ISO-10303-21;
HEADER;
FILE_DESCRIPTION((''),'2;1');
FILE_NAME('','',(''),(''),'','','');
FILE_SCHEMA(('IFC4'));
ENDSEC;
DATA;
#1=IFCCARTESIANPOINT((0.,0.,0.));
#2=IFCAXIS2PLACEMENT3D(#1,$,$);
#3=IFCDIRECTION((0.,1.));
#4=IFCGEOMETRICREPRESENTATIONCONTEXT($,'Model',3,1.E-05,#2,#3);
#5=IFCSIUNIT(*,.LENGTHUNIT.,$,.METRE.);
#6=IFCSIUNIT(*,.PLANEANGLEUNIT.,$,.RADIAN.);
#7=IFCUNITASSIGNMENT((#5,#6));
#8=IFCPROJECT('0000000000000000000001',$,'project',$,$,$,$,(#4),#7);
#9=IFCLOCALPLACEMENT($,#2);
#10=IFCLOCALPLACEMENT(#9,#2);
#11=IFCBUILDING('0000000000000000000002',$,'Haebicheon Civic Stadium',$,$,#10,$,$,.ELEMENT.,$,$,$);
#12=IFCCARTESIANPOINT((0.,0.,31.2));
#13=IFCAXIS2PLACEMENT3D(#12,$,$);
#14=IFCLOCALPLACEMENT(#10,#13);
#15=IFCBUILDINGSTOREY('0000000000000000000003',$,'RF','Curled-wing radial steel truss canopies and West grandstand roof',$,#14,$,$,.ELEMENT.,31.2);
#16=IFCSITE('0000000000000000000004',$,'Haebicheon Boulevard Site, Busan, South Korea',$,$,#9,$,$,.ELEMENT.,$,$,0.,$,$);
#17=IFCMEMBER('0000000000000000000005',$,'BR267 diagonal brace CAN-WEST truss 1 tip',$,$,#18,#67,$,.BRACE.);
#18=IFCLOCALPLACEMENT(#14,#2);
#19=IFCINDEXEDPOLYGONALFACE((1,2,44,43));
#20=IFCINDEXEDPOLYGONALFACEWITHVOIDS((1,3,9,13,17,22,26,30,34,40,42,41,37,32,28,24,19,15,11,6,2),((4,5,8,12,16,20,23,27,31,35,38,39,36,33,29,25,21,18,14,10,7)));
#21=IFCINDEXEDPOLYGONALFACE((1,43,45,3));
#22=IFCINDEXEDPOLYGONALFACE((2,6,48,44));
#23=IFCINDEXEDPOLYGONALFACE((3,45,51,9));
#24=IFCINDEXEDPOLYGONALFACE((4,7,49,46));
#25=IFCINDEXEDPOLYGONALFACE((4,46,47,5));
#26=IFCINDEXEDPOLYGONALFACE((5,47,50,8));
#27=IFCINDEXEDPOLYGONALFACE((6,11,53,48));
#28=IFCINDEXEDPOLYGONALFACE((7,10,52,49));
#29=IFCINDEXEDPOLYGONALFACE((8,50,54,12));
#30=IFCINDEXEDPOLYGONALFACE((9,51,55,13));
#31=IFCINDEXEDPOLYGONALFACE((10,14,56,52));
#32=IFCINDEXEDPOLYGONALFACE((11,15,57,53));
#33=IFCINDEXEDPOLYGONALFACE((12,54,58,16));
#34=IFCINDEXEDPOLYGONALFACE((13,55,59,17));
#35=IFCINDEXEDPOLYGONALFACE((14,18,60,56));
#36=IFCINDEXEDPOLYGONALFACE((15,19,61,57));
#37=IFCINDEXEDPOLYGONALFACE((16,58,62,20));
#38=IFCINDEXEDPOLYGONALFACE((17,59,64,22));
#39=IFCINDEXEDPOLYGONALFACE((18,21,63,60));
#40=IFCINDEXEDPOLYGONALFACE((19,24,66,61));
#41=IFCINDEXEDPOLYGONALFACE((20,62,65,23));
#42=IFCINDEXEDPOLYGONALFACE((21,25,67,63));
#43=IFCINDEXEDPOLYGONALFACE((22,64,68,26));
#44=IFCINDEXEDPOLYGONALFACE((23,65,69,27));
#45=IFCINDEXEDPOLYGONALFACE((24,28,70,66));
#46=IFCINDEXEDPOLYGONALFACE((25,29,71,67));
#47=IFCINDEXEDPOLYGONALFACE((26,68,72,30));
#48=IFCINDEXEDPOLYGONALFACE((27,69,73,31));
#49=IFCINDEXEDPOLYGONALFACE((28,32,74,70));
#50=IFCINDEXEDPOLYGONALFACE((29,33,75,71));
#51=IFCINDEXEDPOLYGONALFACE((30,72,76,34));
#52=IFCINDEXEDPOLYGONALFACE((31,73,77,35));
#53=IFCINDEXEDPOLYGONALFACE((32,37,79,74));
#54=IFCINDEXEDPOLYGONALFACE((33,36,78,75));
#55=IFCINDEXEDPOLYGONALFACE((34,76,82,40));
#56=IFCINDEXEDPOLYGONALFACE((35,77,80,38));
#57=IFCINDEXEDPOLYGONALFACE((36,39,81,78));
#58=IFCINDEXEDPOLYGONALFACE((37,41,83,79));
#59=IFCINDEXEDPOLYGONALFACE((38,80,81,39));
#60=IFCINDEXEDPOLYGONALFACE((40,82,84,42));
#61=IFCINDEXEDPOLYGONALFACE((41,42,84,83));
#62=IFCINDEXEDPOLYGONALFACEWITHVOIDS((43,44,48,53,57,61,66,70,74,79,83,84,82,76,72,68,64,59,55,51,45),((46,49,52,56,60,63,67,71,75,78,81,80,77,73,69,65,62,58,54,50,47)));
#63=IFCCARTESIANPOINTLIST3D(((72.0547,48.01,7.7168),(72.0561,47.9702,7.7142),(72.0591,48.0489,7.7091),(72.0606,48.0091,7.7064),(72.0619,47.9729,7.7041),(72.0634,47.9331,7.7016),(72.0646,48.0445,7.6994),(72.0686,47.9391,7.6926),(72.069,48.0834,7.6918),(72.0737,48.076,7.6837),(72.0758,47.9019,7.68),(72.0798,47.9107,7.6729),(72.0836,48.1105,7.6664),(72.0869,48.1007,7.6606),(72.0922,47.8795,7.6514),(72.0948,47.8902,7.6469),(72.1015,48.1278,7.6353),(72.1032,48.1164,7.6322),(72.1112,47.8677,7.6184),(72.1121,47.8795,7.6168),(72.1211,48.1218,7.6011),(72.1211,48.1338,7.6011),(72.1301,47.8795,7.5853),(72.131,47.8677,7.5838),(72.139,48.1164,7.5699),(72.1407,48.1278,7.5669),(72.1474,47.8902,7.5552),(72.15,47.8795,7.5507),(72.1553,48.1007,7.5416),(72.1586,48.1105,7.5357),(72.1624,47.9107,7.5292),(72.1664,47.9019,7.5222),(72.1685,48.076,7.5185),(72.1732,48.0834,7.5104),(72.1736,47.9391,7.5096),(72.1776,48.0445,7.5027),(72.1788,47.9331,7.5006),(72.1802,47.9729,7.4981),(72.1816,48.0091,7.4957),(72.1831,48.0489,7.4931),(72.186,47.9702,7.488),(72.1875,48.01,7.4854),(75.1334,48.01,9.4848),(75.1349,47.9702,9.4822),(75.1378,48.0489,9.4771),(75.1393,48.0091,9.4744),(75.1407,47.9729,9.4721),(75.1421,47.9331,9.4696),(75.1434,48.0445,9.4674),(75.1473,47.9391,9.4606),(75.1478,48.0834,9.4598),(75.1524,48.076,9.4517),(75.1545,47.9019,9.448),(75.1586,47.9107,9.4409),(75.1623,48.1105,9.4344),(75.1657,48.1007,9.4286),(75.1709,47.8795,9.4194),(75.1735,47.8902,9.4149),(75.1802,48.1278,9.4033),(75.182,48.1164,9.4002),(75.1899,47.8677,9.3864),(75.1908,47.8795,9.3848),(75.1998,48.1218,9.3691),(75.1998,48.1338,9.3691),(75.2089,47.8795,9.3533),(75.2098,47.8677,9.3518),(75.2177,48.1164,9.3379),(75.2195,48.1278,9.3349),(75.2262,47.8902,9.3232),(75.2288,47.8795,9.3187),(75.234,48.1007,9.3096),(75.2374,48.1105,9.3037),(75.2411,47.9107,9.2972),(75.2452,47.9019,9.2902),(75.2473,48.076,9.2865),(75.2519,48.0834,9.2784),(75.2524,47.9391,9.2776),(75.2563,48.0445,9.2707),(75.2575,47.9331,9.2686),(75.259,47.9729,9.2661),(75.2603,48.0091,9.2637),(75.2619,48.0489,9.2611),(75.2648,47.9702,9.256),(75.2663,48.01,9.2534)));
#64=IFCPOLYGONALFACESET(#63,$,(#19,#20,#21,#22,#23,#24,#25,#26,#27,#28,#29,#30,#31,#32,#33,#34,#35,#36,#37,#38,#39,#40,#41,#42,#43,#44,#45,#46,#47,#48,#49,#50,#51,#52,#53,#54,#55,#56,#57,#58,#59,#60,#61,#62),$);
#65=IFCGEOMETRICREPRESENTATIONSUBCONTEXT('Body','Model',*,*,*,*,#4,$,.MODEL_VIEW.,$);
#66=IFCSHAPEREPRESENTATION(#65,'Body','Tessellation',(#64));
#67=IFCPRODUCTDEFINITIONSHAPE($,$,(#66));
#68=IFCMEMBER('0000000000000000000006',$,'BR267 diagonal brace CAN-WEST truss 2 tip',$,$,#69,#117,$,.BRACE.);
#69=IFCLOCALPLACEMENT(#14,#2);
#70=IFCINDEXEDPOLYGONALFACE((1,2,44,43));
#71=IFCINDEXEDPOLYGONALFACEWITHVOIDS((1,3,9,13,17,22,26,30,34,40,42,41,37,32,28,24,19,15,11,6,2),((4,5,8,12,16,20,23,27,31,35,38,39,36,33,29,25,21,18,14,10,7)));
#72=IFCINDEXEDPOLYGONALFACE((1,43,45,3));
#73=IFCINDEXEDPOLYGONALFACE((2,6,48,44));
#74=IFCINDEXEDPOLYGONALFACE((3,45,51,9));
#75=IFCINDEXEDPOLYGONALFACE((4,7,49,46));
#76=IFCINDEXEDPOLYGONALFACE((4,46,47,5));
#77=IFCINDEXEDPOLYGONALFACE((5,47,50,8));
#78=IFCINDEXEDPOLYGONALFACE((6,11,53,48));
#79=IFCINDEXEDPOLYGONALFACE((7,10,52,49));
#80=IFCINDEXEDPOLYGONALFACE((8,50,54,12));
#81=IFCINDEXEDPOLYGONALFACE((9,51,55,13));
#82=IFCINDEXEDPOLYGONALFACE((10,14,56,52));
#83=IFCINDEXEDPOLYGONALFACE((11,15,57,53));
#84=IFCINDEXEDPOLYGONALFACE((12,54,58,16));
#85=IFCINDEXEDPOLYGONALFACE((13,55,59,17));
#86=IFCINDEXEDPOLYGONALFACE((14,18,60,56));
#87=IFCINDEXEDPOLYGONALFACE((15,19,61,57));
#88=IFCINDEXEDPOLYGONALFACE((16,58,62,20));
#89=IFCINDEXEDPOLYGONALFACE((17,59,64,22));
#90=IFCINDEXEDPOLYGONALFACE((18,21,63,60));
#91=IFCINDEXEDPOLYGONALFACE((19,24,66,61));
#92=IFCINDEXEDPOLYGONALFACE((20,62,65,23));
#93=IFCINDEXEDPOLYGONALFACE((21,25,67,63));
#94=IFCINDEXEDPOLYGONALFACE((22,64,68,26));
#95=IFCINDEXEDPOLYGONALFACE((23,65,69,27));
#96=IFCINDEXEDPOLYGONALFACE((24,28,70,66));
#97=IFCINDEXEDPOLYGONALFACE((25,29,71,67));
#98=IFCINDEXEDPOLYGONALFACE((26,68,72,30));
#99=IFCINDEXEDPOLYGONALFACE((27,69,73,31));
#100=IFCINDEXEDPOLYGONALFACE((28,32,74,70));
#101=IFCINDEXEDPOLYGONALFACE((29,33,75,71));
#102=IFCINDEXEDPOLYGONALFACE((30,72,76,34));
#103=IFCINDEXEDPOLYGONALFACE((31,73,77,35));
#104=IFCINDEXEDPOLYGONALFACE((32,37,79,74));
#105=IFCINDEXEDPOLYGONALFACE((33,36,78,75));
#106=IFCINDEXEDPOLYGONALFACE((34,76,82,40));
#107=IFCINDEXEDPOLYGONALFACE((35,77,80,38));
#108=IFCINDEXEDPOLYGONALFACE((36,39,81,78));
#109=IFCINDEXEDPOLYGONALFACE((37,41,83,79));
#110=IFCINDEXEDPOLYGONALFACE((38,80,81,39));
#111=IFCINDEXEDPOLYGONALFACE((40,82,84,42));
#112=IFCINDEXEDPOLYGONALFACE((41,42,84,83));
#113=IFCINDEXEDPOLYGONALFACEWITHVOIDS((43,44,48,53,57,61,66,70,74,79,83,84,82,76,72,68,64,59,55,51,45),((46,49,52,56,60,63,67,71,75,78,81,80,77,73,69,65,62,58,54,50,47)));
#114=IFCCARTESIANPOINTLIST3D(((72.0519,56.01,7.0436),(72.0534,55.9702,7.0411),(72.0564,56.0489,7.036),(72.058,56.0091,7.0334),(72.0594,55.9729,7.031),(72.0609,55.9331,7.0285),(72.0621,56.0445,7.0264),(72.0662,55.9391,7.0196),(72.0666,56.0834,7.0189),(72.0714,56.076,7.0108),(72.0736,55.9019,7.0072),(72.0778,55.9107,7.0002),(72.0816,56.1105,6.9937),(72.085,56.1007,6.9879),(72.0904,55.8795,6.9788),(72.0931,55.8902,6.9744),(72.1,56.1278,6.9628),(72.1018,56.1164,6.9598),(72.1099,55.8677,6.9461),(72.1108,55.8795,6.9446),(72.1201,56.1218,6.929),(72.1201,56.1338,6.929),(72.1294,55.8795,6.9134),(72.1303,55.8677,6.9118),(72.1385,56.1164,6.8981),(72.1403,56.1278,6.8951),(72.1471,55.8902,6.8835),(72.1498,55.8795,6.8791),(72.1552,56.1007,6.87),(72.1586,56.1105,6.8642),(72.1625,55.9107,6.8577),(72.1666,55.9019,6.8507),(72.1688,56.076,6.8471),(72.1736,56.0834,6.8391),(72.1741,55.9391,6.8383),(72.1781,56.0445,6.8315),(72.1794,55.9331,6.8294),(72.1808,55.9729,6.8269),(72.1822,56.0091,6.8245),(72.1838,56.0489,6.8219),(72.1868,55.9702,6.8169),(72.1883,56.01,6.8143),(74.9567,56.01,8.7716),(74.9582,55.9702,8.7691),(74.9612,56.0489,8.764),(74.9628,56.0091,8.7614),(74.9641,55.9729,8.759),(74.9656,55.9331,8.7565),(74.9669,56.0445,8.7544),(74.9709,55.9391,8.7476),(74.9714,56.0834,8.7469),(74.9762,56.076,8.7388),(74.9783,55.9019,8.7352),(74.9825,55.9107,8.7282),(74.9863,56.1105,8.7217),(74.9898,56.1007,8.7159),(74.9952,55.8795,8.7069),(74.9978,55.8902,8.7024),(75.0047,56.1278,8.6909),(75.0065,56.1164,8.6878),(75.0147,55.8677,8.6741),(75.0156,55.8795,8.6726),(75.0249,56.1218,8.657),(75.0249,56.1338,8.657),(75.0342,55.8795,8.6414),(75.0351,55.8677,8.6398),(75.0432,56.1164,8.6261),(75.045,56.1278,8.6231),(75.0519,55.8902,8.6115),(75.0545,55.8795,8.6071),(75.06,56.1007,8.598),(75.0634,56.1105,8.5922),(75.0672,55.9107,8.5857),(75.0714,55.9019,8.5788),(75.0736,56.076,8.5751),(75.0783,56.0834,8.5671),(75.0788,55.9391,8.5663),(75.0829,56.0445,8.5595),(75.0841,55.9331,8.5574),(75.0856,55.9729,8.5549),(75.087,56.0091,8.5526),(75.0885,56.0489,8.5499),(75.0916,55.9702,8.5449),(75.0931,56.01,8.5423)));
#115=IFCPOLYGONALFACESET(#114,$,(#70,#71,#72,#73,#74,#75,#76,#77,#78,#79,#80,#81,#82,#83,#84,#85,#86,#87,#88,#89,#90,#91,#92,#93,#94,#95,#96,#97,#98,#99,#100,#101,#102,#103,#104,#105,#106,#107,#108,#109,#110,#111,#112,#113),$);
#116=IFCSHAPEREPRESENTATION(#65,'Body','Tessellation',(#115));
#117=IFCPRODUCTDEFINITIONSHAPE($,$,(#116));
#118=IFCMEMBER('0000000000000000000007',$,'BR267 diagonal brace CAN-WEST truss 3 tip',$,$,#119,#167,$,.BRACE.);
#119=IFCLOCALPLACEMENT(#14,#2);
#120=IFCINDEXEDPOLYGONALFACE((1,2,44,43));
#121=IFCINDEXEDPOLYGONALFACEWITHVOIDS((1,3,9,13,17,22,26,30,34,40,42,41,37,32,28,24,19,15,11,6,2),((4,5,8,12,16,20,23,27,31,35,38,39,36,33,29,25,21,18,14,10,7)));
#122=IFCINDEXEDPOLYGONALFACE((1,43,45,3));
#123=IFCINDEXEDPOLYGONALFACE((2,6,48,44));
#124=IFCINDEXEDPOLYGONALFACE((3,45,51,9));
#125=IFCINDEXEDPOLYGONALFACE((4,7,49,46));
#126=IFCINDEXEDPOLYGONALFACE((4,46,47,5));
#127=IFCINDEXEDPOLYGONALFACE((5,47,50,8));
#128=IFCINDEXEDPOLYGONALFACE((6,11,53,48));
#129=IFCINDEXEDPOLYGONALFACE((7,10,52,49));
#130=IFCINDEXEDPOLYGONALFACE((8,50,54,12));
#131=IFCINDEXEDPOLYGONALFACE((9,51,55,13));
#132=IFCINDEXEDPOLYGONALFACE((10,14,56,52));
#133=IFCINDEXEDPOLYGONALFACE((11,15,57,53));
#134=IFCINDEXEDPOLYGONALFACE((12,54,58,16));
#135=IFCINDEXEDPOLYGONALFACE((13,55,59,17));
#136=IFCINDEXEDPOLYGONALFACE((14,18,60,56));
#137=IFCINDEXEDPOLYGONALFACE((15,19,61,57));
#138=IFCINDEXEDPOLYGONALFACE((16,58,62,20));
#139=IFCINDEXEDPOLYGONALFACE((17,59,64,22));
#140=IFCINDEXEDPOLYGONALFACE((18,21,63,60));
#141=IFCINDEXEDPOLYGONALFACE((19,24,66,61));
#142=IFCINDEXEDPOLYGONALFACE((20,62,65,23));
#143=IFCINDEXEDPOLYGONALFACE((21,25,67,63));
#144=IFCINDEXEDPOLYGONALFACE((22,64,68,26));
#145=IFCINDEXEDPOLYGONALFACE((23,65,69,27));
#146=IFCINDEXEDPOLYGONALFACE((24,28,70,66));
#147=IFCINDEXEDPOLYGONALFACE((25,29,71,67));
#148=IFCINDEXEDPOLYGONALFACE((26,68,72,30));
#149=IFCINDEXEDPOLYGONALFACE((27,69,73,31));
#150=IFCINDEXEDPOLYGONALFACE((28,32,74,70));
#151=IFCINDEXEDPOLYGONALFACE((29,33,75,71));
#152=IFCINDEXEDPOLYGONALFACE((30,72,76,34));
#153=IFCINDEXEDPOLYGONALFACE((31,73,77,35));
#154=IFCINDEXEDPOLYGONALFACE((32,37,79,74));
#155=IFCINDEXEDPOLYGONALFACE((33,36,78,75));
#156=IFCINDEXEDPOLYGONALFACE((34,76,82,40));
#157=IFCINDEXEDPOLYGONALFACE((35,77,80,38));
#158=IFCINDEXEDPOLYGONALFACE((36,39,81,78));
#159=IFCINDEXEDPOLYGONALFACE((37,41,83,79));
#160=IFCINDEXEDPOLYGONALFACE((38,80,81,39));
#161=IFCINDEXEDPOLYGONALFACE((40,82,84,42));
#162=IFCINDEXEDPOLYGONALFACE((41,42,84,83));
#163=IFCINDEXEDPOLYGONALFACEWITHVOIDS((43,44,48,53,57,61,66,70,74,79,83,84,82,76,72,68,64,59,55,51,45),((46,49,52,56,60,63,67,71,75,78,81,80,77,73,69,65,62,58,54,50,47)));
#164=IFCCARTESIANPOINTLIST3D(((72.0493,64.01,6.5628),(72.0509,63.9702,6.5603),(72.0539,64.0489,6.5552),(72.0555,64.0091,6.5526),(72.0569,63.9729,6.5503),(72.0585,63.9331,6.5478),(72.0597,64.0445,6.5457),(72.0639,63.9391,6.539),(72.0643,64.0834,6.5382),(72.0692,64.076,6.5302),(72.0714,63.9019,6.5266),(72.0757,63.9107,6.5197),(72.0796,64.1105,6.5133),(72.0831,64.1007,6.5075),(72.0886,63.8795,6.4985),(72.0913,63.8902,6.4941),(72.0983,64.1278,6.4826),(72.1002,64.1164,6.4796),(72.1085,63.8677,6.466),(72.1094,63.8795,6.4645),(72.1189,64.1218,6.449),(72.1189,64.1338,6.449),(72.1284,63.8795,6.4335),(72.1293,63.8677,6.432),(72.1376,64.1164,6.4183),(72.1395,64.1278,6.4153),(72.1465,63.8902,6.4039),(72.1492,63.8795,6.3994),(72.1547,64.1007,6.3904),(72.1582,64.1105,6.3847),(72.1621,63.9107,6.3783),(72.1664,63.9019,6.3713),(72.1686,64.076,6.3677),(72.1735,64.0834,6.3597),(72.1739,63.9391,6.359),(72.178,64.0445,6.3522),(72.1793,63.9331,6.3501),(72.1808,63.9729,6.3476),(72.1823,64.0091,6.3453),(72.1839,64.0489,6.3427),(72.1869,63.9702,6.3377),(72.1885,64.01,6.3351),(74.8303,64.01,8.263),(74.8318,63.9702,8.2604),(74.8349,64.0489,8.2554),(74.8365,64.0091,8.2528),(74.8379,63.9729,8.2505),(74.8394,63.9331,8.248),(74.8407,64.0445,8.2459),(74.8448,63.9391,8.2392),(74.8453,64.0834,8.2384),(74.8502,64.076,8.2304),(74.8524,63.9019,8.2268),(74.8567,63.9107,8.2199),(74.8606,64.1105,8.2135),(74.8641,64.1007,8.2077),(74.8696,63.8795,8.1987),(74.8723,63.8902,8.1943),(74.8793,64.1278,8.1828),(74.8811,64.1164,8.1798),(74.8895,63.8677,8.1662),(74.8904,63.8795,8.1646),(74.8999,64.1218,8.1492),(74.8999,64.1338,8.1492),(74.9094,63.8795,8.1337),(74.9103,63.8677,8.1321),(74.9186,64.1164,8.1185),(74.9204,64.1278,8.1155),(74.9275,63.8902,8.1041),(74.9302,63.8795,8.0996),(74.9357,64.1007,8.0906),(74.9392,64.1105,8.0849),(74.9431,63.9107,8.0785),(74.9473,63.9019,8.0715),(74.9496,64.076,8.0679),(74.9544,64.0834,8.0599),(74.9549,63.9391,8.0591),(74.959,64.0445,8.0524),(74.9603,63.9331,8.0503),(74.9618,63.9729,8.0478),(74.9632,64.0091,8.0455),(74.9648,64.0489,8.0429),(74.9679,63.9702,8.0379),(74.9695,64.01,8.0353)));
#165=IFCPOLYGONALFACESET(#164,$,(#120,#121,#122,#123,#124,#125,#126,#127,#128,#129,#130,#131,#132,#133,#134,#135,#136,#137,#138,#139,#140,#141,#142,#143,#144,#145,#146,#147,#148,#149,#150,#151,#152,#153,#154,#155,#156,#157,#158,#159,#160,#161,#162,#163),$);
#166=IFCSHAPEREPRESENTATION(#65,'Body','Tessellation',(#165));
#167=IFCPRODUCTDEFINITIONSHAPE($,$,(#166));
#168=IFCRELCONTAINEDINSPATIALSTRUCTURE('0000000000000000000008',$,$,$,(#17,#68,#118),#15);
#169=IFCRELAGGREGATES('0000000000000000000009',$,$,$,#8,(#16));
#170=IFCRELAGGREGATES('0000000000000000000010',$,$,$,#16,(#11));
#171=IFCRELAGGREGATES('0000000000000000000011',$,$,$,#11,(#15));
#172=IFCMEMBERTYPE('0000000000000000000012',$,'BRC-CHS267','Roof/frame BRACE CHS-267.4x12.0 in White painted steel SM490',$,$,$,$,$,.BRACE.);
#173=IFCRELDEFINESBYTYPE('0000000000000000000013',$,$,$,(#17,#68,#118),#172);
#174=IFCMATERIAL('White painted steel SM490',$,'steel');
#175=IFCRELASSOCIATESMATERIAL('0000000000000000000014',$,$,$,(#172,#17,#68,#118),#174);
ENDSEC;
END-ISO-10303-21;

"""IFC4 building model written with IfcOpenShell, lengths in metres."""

from ifc_helpers import new_model, si_unit, direction, frame, origin, origin_2d, place, context, subcontext, project, spatial, hollow_circle, extrude, material, material_profile, profile_set, type_object, element, save


model = new_model("IFC4")

# Units and contexts
model_context = context("Model", 3, precision=1e-05, world=origin(), true_north=direction((0.0, 1.0)))
body_context = subcontext(model_context, "Body", "Model", "MODEL_VIEW")
ifc_project = project(units=[si_unit("LENGTHUNIT", "METRE"), si_unit("PLANEANGLEUNIT", "RADIAN")], contexts=[model_context])

# Site, building, storey
site_placement = place(None, origin())
site = spatial("IfcSite", under=ifc_project, at=site_placement, Name="Haebicheon Boulevard Site, Busan, South Korea", CompositionType="ELEMENT", RefElevation=0.0)
building_placement = place(site_placement, origin())
building = spatial("IfcBuilding", under=site, at=building_placement, Name="Haebicheon Civic Stadium", CompositionType="ELEMENT")
storey_placement = place(building_placement, frame((0.0, 0.0, 31.2)))
storey = spatial("IfcBuildingStorey", under=building, at=storey_placement, Name="RF", Description="Curled-wing radial steel truss canopies and West grandstand roof", CompositionType="ELEMENT", Elevation=31.2)

# Members
ifc_material_1 = material(Name="White painted steel SM490", Category="steel")
ifc_material_profile_1 = material_profile(ifc_material_1, hollow_circle(Radius=0.1338, WallThickness=0.012, at=origin_2d()), Name="CHS-267.4x12.0")
ifc_profile_set_1 = profile_set([ifc_material_profile_1], Name="White painted steel SM490")
member_type_1 = type_object("IfcMemberType", Name="BRC-CHS267", Description="Roof/frame BRACE CHS-267.4x12.0 in White painted steel SM490", PredefinedType="BRACE", material=ifc_profile_set_1)
member_1_placement = place(storey_placement, frame((72.1211, 48.0, 7.6011), z_axis=(0.867183, 0.0, 0.497989), x_axis=(0.0, 1.0, 0.0)))
element("IfcMember", 1, at=member_1_placement, inside=storey, type_object=member_type_1, material=ifc_profile_set_1, Name="BR267 diagonal brace CAN-WEST truss 1 tip", PredefinedType="BRACE", context=body_context, shape_type="SweptSolid", body=[
    extrude(hollow_circle(Radius=0.1338, WallThickness=0.012, at=origin_2d()), origin(), (0.0, 0.0, 1.0), 3.5503),
])
member_2_placement = place(storey_placement, frame((72.1201, 56.0, 6.929), z_axis=(0.859424, 0.0, 0.511263), x_axis=(0.0, 1.0, 0.0)))
element("IfcMember", 2, at=member_2_placement, inside=storey, type_object=member_type_1, material=ifc_profile_set_1, Name="BR267 diagonal brace CAN-WEST truss 2 tip", PredefinedType="BRACE", context=body_context, shape_type="SweptSolid", body=[
    extrude(hollow_circle(Radius=0.1338, WallThickness=0.012, at=origin_2d()), origin(), (0.0, 0.0, 1.0), 3.3799),
])
member_3_placement = place(storey_placement, frame((72.1189, 64.0, 6.449), z_axis=(0.853187, 0.0, 0.521605), x_axis=(0.0, 1.0, 0.0)))
element("IfcMember", 3, at=member_3_placement, inside=storey, type_object=member_type_1, material=ifc_profile_set_1, Name="BR267 diagonal brace CAN-WEST truss 3 tip", PredefinedType="BRACE", context=body_context, shape_type="SweptSolid", body=[
    extrude(hollow_circle(Radius=0.1338, WallThickness=0.012, at=origin_2d()), origin(), (0.0, 0.0, 1.0), 3.2595),
])

save(model, "model.ifc")
